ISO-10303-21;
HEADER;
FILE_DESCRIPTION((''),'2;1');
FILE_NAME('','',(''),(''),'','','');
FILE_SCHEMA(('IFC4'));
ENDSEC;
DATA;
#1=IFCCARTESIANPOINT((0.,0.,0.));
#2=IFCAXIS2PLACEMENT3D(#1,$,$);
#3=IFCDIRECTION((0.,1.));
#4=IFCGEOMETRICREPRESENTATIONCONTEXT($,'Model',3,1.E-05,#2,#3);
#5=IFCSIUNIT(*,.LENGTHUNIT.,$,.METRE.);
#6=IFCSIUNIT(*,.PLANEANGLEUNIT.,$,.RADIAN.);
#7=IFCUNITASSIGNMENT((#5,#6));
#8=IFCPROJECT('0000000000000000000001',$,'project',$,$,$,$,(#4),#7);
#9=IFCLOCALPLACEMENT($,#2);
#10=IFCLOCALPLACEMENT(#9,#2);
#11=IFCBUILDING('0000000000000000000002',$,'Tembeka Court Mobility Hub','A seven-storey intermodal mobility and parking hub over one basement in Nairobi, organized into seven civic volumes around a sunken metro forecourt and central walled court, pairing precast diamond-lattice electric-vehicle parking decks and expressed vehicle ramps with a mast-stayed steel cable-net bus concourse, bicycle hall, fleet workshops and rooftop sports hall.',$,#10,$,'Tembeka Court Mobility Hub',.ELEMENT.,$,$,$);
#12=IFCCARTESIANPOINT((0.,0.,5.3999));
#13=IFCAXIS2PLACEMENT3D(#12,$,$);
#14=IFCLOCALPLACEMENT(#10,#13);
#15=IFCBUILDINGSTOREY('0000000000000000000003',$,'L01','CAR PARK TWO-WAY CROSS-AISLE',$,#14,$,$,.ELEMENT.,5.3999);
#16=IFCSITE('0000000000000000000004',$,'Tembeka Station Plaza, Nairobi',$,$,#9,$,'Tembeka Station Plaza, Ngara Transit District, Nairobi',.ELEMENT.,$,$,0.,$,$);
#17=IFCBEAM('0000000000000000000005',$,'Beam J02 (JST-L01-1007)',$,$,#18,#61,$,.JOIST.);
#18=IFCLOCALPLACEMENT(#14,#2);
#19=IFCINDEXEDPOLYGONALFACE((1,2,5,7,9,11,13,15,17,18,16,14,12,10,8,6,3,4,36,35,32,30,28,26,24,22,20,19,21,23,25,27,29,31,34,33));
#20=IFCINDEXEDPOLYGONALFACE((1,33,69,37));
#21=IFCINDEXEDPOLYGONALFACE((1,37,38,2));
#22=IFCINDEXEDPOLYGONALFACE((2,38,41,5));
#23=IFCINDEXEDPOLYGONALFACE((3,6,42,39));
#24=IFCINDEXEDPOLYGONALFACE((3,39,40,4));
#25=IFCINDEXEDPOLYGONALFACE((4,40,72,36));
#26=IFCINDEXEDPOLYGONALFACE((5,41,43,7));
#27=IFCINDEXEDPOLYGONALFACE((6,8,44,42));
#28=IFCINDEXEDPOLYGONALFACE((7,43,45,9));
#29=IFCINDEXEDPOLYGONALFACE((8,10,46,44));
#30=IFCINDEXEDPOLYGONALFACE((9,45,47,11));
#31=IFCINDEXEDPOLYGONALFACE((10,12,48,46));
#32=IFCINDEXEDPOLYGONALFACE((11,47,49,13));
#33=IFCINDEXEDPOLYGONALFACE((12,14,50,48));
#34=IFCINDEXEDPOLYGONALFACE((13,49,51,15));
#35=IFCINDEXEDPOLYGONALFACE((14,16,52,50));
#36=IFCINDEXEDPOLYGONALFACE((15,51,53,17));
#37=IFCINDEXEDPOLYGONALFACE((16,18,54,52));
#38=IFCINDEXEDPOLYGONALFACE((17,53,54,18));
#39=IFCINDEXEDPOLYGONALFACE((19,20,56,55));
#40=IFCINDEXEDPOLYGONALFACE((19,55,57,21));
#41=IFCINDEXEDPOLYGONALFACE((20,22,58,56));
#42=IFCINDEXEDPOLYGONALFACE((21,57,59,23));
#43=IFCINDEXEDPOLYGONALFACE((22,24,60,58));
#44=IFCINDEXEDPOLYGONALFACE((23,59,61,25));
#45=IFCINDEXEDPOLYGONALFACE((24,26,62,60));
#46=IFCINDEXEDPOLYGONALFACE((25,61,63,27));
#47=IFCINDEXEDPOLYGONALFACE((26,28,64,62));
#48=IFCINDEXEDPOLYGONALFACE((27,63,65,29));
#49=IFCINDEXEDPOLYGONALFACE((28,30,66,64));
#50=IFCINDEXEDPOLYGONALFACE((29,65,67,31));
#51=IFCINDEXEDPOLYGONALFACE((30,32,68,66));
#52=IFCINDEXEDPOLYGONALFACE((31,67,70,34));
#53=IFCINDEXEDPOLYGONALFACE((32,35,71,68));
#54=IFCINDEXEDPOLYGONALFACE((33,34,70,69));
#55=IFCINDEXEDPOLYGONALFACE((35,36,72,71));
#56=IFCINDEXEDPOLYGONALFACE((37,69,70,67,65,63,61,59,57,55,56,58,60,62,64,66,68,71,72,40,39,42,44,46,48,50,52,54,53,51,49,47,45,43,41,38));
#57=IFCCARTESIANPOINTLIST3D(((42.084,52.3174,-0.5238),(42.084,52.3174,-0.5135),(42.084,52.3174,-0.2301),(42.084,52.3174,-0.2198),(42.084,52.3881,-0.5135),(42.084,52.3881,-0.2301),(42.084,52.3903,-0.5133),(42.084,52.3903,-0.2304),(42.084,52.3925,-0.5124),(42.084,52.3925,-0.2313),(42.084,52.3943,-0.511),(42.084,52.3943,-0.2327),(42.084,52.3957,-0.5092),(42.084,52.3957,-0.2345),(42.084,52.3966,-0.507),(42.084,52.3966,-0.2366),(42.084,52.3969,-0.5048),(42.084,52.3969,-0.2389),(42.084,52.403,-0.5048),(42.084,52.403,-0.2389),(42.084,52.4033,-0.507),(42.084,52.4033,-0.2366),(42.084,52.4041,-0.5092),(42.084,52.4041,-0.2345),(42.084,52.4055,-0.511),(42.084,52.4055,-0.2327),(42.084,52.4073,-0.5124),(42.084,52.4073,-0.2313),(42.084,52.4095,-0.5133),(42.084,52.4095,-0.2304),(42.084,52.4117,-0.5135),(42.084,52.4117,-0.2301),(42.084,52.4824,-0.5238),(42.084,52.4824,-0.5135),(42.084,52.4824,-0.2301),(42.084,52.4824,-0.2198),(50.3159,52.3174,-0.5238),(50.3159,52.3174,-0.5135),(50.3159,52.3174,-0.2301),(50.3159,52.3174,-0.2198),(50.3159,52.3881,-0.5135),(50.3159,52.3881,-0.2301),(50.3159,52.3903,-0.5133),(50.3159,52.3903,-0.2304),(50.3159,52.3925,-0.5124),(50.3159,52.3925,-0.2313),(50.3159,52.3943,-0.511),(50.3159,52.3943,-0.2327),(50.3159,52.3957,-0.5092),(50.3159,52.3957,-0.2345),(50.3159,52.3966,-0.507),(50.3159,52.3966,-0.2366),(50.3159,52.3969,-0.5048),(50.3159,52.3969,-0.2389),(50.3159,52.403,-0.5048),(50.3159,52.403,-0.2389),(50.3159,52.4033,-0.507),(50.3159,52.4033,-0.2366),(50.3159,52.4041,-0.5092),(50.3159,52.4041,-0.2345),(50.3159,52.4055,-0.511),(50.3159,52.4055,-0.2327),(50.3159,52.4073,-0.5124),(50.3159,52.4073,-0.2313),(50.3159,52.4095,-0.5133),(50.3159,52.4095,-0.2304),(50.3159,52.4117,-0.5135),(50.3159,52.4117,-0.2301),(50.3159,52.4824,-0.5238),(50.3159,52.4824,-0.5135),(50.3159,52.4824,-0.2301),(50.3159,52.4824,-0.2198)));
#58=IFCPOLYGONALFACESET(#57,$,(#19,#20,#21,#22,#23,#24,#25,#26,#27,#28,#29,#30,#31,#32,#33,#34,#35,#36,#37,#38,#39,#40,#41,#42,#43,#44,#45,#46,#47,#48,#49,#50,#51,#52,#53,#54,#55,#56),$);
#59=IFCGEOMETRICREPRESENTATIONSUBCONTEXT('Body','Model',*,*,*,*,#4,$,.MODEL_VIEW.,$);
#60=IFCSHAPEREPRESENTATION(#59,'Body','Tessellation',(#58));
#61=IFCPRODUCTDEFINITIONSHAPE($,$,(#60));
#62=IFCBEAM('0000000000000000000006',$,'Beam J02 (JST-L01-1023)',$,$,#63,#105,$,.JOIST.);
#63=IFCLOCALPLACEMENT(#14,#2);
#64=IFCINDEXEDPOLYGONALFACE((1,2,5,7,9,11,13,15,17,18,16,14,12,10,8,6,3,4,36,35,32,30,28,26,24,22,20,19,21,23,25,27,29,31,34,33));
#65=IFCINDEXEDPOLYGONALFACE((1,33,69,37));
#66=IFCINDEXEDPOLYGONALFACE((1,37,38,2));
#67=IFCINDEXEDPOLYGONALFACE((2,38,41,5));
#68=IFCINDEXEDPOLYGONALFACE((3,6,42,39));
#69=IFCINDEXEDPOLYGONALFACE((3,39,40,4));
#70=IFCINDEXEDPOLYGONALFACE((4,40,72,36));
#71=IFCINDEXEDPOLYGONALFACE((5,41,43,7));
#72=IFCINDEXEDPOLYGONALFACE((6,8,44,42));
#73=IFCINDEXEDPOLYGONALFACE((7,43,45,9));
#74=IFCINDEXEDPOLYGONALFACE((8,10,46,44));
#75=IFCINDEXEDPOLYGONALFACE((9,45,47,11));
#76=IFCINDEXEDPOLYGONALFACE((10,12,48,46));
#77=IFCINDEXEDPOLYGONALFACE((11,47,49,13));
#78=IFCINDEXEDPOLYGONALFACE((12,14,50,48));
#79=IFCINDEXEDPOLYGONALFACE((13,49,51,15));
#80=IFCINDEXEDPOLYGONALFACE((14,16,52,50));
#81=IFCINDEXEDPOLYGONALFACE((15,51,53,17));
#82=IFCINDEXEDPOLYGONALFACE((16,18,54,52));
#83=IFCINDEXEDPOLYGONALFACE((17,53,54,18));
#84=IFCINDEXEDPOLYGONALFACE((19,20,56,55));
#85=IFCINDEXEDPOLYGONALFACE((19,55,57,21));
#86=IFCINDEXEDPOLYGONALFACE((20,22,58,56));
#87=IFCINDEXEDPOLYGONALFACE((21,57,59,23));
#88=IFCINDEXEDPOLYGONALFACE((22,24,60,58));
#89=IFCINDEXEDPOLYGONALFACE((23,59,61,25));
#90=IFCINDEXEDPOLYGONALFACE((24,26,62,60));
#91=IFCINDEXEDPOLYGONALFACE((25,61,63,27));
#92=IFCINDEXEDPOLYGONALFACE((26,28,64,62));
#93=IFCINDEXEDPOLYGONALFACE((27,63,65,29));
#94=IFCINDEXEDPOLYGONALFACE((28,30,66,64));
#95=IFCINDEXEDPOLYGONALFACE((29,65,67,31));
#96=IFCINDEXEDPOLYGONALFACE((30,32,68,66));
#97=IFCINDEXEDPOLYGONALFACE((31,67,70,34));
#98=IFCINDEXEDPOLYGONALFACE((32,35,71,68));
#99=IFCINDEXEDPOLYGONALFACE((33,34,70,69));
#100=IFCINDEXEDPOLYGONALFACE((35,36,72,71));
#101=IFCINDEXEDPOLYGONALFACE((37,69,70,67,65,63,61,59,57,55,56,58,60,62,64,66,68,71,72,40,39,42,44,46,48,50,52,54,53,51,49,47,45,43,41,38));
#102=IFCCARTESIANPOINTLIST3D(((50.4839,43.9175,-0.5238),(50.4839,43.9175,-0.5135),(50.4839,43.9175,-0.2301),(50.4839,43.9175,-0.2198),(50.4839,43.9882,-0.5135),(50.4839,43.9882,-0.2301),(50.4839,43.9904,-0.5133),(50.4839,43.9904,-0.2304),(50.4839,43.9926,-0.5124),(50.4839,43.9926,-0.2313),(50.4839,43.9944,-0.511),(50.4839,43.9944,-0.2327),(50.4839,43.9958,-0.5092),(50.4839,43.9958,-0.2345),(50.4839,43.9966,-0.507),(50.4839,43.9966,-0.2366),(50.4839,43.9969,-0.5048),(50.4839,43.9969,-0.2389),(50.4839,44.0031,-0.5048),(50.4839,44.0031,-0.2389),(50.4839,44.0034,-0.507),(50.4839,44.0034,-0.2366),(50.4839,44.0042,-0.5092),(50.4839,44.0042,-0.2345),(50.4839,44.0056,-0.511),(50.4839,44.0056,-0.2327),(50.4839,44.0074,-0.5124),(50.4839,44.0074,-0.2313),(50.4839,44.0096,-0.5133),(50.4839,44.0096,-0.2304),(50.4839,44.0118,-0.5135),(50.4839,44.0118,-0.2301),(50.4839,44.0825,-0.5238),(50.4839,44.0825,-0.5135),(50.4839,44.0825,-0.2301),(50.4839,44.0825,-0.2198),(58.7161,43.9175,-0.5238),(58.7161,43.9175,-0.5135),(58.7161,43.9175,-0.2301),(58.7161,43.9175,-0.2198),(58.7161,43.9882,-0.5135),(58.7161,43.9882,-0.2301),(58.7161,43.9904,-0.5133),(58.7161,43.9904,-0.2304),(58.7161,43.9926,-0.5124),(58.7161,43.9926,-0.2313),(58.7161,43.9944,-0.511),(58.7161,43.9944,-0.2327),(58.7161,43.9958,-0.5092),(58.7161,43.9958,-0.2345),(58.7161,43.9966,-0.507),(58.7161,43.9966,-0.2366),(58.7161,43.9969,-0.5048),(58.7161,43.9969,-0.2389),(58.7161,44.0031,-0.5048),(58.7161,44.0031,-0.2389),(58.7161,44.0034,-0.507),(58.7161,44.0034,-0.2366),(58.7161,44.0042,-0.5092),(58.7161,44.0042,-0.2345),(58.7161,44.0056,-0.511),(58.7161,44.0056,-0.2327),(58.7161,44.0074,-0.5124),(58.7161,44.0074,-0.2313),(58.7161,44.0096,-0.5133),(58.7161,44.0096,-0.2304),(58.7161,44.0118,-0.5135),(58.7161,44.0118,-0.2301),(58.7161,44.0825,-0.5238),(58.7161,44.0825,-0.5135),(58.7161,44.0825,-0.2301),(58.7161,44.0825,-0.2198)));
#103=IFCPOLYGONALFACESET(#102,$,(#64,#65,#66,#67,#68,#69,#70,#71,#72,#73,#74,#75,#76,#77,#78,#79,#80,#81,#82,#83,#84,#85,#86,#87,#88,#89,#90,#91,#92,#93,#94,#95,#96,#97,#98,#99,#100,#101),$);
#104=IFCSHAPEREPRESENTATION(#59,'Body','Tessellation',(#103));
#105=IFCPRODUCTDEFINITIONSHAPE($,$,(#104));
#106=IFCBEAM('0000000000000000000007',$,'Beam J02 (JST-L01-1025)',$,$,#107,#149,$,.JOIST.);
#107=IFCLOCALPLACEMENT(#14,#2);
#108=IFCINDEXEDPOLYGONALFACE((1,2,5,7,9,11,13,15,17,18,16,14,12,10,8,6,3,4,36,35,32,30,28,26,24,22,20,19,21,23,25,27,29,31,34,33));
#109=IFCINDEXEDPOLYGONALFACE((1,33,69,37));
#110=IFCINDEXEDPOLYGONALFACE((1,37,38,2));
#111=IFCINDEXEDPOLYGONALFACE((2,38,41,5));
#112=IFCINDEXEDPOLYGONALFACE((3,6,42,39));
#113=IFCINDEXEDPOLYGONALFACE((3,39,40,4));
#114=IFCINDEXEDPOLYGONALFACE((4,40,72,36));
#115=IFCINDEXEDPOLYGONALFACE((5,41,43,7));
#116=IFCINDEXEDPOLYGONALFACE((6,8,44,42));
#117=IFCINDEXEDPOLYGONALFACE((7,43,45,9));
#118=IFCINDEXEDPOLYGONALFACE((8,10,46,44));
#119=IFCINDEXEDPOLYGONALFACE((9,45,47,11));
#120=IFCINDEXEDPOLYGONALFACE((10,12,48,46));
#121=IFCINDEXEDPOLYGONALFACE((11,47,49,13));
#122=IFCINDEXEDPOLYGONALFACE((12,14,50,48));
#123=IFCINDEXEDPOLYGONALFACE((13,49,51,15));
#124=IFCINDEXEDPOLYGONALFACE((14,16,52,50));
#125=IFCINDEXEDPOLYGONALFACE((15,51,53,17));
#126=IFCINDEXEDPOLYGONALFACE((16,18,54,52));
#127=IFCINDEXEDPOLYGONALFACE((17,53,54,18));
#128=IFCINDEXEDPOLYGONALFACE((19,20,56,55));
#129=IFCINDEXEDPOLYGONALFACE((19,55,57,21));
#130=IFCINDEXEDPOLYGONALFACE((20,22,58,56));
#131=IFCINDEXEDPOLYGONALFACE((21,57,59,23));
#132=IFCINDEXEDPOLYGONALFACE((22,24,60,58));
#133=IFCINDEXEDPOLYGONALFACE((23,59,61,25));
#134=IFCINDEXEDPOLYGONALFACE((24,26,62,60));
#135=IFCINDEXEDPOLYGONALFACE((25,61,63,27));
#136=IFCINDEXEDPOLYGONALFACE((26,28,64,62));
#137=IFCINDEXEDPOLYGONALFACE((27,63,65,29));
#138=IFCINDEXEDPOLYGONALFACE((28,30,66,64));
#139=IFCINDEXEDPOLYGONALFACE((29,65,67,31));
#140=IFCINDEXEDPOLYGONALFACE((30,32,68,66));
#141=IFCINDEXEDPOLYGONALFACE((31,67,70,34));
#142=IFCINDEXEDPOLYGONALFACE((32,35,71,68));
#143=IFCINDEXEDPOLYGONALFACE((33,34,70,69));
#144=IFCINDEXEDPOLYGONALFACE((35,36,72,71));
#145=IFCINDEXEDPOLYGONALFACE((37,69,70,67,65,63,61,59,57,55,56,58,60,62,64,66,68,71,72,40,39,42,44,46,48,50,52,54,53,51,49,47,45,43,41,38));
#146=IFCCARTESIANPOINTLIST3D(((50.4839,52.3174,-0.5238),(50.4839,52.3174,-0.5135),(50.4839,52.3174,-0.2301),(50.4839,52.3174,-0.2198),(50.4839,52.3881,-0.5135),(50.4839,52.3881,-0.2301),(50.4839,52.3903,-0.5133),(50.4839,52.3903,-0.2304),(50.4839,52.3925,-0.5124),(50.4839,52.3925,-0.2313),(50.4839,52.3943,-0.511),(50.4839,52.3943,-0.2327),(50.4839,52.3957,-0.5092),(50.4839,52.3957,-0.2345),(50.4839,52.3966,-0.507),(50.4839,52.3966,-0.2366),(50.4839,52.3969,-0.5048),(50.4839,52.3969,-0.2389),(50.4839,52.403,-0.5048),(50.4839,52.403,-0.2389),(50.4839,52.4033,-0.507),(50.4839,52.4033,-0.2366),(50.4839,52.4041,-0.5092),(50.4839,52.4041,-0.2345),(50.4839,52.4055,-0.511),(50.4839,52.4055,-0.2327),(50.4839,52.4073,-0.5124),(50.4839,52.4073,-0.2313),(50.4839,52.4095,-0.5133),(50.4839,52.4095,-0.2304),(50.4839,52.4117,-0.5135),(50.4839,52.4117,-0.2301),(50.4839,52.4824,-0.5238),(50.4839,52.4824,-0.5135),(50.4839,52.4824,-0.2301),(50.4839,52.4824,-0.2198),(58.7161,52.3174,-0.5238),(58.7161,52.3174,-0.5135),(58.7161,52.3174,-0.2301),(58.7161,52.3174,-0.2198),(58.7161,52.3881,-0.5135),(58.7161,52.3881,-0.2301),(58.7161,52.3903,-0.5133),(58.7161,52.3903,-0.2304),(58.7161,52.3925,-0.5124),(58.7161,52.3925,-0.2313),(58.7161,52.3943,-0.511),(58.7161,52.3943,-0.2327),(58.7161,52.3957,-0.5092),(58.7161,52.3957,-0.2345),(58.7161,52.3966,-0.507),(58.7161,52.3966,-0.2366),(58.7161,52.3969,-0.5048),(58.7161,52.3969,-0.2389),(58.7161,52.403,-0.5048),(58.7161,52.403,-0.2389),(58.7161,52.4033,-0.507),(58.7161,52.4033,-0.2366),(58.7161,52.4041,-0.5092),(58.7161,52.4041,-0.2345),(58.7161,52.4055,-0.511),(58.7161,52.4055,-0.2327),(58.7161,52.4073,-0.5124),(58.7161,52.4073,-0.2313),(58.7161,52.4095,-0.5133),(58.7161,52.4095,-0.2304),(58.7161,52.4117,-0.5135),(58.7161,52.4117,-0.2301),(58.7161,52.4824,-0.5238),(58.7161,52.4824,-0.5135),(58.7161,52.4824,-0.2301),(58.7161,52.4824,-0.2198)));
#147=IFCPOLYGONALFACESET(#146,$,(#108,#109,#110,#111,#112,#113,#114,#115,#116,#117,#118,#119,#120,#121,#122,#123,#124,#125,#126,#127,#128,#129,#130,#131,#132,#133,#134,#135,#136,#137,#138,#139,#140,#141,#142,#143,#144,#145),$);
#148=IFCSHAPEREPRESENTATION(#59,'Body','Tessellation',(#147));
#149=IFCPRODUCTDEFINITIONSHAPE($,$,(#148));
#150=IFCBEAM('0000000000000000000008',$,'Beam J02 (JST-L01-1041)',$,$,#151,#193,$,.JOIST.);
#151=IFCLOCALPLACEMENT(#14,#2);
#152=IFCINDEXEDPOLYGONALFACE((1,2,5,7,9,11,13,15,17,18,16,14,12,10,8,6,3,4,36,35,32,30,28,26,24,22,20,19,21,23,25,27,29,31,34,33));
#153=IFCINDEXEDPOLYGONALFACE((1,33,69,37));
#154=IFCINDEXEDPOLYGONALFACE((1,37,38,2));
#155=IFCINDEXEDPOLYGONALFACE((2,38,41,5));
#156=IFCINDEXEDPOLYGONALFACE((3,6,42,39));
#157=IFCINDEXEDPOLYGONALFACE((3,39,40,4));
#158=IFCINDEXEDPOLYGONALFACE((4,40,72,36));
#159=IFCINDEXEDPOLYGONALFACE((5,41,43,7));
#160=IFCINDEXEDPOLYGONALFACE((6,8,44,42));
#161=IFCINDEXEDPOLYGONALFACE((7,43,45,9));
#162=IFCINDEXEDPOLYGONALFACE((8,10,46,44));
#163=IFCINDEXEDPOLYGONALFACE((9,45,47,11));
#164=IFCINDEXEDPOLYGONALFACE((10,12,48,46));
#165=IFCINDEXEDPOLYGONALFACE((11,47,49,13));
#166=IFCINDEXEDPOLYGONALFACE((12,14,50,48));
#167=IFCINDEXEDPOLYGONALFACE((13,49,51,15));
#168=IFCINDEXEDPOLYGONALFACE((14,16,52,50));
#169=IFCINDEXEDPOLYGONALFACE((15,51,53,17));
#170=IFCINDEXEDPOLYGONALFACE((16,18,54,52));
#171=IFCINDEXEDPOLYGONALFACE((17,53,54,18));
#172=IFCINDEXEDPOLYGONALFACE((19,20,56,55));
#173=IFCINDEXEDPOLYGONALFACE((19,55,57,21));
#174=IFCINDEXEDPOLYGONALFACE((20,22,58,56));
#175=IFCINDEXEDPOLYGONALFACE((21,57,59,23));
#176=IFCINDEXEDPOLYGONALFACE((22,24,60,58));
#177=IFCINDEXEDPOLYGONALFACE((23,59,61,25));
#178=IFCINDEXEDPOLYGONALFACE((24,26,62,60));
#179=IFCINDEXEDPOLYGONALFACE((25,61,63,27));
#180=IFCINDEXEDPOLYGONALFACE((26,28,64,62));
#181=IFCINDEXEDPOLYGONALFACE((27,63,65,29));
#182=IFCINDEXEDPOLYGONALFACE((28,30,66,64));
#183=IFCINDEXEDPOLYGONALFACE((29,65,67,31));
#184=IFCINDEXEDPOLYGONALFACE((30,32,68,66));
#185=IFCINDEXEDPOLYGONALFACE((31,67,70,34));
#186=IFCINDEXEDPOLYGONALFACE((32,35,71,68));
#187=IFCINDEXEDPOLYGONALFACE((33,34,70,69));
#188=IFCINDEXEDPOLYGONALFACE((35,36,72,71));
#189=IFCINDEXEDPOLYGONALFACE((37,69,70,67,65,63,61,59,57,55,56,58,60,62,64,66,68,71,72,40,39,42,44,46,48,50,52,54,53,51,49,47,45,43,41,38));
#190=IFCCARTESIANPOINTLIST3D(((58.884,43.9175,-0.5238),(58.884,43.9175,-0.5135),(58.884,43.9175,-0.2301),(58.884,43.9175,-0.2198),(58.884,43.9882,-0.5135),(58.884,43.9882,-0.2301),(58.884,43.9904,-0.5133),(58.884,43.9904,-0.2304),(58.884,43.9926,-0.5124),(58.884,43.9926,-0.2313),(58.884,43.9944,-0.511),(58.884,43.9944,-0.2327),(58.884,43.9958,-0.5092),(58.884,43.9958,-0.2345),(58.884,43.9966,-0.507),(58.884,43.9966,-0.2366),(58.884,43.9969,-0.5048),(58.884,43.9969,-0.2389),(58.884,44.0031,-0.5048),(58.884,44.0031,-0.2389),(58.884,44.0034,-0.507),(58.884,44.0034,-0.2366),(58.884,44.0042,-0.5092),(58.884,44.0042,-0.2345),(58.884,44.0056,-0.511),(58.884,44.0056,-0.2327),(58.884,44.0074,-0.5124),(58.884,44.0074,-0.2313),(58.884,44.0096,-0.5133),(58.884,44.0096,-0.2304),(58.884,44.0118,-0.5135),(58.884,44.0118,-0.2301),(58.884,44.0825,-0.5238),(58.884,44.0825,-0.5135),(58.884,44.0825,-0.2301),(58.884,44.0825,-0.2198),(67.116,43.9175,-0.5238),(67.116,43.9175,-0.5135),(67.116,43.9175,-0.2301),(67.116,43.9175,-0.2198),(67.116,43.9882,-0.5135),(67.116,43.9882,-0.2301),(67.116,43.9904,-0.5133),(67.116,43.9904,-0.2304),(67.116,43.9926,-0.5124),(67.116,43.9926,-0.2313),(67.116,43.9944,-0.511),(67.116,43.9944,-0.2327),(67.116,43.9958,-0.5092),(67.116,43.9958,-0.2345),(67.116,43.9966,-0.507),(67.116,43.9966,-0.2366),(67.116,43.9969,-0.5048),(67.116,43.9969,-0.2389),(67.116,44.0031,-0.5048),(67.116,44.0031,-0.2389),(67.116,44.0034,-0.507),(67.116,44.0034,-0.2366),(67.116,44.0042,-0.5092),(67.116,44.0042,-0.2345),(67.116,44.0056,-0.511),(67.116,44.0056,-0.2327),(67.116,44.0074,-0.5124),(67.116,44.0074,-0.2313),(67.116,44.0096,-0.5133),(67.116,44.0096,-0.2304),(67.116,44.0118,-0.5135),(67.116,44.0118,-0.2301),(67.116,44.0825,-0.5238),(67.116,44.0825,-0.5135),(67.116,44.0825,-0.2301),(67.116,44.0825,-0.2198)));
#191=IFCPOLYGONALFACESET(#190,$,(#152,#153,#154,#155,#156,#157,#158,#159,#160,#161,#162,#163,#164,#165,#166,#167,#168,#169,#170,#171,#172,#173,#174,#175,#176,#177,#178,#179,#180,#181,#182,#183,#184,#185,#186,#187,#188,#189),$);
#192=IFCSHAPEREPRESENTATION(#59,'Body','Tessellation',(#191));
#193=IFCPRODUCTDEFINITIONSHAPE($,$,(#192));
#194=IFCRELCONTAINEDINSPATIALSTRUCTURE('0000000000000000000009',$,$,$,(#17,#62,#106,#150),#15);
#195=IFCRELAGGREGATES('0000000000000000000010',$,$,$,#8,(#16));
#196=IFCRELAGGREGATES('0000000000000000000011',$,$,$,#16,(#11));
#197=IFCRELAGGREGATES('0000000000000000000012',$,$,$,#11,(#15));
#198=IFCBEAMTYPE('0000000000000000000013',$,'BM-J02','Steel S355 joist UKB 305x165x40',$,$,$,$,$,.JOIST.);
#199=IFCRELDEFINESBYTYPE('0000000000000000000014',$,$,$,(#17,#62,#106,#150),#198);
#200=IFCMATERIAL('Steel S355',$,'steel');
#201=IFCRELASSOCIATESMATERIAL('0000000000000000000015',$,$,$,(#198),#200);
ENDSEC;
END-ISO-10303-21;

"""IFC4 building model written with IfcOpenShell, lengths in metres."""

from ifc_helpers import new_model, si_unit, direction, frame, origin, origin_2d, place, context, subcontext, project, spatial, i_section, extrude, material, material_profile, profile_set, type_object, element, save


model = new_model("IFC4")

# Units and contexts
model_context = context("Model", 3, precision=1e-05, world=origin(), true_north=direction((0.0, 1.0)))
body_context = subcontext(model_context, "Body", "Model", "MODEL_VIEW")
ifc_project = project(units=[si_unit("LENGTHUNIT", "METRE"), si_unit("PLANEANGLEUNIT", "RADIAN")], contexts=[model_context])

# Site, building, storey
site_placement = place(None, origin())
site = spatial("IfcSite", under=ifc_project, at=site_placement, Name="Tembeka Station Plaza, Nairobi", LongName="Tembeka Station Plaza, Ngara Transit District, Nairobi", CompositionType="ELEMENT", RefElevation=0.0)
building_placement = place(site_placement, origin())
building = spatial("IfcBuilding", under=site, at=building_placement, Name="Tembeka Court Mobility Hub", Description="A seven-storey intermodal mobility and parking hub over one basement in Nairobi, organized into seven civic volumes around a sunken metro forecourt and central walled court, pairing precast diamond-lattice electric-vehicle parking decks and expressed vehicle ramps with a mast-stayed steel cable-net bus concourse, bicycle hall, fleet workshops and rooftop sports hall.", LongName="Tembeka Court Mobility Hub", CompositionType="ELEMENT")
storey_placement = place(building_placement, frame((0.0, 0.0, 5.3999)))
storey = spatial("IfcBuildingStorey", under=building, at=storey_placement, Name="L01", Description="CAR PARK TWO-WAY CROSS-AISLE", CompositionType="ELEMENT", Elevation=5.3999)

# Shared definitions
ifc_material_1 = material(Name="Steel S355", Category="steel")

# Beams
ifc_material_profile_1 = material_profile(ifc_material_1, i_section(OverallWidth=0.165, OverallDepth=0.304, WebThickness=0.0061, FlangeThickness=0.0103, FilletRadius=0.0088, at=origin_2d()), Name="UKB 305x165x40")
ifc_profile_set_1 = profile_set([ifc_material_profile_1], Name="Steel S355")
beam_type_1 = type_object("IfcBeamType", Name="BM-J02", Description="Steel S355 joist UKB 305x165x40", PredefinedType="JOIST", material=ifc_profile_set_1)
beam_1_placement = place(storey_placement, frame((42.084, 52.3999, -0.3718), z_axis=(1.0, 0.0, 0.0), x_axis=(0.0, 1.0, 0.0)))
element("IfcBeam", 1, at=beam_1_placement, inside=storey, type_object=beam_type_1, Name="Beam J02 (JST-L01-1007)", PredefinedType="JOIST", context=body_context, shape_type="SweptSolid", body=[
    extrude(i_section(OverallWidth=0.165, OverallDepth=0.304, WebThickness=0.0061, FlangeThickness=0.0103, FilletRadius=0.0088, at=origin_2d()), origin(), (0.0, 0.0, 1.0), 8.2319),
])
for number, where, z_axis, x_axis, name in (
    (2, (50.4839, 44.0, -0.3718), (1.0, 0.0, 0.0), (0.0, 1.0, 0.0), "Beam J02 (JST-L01-1023)"),
    (3, (50.4839, 52.3999, -0.3718), (1.0, 0.0, 0.0), (0.0, 1.0, 0.0), "Beam J02 (JST-L01-1025)"),
):
    element("IfcBeam", number, at=place(storey_placement, frame(where, z_axis=z_axis, x_axis=x_axis)), inside=storey, type_object=beam_type_1, Name=name, PredefinedType="JOIST", context=body_context, shape_type="SweptSolid", body=[
        extrude(i_section(OverallWidth=0.165, OverallDepth=0.304, WebThickness=0.0061, FlangeThickness=0.0103, FilletRadius=0.0088, at=origin_2d()), origin(), (0.0, 0.0, 1.0), 8.2322),
    ])
for number, where, z_axis, x_axis, name in (
    (4, (58.884, 44.0, -0.3718), (1.0, 0.0, 0.0), (0.0, 1.0, 0.0), "Beam J02 (JST-L01-1041)"),
):
    element("IfcBeam", number, at=place(storey_placement, frame(where, z_axis=z_axis, x_axis=x_axis)), inside=storey, type_object=beam_type_1, Name=name, PredefinedType="JOIST", context=body_context, shape_type="SweptSolid", body=[
        extrude(i_section(OverallWidth=0.165, OverallDepth=0.304, WebThickness=0.0061, FlangeThickness=0.0103, FilletRadius=0.0088, at=origin_2d()), origin(), (0.0, 0.0, 1.0), 8.2319),
    ])

save(model, "model.ifc")
